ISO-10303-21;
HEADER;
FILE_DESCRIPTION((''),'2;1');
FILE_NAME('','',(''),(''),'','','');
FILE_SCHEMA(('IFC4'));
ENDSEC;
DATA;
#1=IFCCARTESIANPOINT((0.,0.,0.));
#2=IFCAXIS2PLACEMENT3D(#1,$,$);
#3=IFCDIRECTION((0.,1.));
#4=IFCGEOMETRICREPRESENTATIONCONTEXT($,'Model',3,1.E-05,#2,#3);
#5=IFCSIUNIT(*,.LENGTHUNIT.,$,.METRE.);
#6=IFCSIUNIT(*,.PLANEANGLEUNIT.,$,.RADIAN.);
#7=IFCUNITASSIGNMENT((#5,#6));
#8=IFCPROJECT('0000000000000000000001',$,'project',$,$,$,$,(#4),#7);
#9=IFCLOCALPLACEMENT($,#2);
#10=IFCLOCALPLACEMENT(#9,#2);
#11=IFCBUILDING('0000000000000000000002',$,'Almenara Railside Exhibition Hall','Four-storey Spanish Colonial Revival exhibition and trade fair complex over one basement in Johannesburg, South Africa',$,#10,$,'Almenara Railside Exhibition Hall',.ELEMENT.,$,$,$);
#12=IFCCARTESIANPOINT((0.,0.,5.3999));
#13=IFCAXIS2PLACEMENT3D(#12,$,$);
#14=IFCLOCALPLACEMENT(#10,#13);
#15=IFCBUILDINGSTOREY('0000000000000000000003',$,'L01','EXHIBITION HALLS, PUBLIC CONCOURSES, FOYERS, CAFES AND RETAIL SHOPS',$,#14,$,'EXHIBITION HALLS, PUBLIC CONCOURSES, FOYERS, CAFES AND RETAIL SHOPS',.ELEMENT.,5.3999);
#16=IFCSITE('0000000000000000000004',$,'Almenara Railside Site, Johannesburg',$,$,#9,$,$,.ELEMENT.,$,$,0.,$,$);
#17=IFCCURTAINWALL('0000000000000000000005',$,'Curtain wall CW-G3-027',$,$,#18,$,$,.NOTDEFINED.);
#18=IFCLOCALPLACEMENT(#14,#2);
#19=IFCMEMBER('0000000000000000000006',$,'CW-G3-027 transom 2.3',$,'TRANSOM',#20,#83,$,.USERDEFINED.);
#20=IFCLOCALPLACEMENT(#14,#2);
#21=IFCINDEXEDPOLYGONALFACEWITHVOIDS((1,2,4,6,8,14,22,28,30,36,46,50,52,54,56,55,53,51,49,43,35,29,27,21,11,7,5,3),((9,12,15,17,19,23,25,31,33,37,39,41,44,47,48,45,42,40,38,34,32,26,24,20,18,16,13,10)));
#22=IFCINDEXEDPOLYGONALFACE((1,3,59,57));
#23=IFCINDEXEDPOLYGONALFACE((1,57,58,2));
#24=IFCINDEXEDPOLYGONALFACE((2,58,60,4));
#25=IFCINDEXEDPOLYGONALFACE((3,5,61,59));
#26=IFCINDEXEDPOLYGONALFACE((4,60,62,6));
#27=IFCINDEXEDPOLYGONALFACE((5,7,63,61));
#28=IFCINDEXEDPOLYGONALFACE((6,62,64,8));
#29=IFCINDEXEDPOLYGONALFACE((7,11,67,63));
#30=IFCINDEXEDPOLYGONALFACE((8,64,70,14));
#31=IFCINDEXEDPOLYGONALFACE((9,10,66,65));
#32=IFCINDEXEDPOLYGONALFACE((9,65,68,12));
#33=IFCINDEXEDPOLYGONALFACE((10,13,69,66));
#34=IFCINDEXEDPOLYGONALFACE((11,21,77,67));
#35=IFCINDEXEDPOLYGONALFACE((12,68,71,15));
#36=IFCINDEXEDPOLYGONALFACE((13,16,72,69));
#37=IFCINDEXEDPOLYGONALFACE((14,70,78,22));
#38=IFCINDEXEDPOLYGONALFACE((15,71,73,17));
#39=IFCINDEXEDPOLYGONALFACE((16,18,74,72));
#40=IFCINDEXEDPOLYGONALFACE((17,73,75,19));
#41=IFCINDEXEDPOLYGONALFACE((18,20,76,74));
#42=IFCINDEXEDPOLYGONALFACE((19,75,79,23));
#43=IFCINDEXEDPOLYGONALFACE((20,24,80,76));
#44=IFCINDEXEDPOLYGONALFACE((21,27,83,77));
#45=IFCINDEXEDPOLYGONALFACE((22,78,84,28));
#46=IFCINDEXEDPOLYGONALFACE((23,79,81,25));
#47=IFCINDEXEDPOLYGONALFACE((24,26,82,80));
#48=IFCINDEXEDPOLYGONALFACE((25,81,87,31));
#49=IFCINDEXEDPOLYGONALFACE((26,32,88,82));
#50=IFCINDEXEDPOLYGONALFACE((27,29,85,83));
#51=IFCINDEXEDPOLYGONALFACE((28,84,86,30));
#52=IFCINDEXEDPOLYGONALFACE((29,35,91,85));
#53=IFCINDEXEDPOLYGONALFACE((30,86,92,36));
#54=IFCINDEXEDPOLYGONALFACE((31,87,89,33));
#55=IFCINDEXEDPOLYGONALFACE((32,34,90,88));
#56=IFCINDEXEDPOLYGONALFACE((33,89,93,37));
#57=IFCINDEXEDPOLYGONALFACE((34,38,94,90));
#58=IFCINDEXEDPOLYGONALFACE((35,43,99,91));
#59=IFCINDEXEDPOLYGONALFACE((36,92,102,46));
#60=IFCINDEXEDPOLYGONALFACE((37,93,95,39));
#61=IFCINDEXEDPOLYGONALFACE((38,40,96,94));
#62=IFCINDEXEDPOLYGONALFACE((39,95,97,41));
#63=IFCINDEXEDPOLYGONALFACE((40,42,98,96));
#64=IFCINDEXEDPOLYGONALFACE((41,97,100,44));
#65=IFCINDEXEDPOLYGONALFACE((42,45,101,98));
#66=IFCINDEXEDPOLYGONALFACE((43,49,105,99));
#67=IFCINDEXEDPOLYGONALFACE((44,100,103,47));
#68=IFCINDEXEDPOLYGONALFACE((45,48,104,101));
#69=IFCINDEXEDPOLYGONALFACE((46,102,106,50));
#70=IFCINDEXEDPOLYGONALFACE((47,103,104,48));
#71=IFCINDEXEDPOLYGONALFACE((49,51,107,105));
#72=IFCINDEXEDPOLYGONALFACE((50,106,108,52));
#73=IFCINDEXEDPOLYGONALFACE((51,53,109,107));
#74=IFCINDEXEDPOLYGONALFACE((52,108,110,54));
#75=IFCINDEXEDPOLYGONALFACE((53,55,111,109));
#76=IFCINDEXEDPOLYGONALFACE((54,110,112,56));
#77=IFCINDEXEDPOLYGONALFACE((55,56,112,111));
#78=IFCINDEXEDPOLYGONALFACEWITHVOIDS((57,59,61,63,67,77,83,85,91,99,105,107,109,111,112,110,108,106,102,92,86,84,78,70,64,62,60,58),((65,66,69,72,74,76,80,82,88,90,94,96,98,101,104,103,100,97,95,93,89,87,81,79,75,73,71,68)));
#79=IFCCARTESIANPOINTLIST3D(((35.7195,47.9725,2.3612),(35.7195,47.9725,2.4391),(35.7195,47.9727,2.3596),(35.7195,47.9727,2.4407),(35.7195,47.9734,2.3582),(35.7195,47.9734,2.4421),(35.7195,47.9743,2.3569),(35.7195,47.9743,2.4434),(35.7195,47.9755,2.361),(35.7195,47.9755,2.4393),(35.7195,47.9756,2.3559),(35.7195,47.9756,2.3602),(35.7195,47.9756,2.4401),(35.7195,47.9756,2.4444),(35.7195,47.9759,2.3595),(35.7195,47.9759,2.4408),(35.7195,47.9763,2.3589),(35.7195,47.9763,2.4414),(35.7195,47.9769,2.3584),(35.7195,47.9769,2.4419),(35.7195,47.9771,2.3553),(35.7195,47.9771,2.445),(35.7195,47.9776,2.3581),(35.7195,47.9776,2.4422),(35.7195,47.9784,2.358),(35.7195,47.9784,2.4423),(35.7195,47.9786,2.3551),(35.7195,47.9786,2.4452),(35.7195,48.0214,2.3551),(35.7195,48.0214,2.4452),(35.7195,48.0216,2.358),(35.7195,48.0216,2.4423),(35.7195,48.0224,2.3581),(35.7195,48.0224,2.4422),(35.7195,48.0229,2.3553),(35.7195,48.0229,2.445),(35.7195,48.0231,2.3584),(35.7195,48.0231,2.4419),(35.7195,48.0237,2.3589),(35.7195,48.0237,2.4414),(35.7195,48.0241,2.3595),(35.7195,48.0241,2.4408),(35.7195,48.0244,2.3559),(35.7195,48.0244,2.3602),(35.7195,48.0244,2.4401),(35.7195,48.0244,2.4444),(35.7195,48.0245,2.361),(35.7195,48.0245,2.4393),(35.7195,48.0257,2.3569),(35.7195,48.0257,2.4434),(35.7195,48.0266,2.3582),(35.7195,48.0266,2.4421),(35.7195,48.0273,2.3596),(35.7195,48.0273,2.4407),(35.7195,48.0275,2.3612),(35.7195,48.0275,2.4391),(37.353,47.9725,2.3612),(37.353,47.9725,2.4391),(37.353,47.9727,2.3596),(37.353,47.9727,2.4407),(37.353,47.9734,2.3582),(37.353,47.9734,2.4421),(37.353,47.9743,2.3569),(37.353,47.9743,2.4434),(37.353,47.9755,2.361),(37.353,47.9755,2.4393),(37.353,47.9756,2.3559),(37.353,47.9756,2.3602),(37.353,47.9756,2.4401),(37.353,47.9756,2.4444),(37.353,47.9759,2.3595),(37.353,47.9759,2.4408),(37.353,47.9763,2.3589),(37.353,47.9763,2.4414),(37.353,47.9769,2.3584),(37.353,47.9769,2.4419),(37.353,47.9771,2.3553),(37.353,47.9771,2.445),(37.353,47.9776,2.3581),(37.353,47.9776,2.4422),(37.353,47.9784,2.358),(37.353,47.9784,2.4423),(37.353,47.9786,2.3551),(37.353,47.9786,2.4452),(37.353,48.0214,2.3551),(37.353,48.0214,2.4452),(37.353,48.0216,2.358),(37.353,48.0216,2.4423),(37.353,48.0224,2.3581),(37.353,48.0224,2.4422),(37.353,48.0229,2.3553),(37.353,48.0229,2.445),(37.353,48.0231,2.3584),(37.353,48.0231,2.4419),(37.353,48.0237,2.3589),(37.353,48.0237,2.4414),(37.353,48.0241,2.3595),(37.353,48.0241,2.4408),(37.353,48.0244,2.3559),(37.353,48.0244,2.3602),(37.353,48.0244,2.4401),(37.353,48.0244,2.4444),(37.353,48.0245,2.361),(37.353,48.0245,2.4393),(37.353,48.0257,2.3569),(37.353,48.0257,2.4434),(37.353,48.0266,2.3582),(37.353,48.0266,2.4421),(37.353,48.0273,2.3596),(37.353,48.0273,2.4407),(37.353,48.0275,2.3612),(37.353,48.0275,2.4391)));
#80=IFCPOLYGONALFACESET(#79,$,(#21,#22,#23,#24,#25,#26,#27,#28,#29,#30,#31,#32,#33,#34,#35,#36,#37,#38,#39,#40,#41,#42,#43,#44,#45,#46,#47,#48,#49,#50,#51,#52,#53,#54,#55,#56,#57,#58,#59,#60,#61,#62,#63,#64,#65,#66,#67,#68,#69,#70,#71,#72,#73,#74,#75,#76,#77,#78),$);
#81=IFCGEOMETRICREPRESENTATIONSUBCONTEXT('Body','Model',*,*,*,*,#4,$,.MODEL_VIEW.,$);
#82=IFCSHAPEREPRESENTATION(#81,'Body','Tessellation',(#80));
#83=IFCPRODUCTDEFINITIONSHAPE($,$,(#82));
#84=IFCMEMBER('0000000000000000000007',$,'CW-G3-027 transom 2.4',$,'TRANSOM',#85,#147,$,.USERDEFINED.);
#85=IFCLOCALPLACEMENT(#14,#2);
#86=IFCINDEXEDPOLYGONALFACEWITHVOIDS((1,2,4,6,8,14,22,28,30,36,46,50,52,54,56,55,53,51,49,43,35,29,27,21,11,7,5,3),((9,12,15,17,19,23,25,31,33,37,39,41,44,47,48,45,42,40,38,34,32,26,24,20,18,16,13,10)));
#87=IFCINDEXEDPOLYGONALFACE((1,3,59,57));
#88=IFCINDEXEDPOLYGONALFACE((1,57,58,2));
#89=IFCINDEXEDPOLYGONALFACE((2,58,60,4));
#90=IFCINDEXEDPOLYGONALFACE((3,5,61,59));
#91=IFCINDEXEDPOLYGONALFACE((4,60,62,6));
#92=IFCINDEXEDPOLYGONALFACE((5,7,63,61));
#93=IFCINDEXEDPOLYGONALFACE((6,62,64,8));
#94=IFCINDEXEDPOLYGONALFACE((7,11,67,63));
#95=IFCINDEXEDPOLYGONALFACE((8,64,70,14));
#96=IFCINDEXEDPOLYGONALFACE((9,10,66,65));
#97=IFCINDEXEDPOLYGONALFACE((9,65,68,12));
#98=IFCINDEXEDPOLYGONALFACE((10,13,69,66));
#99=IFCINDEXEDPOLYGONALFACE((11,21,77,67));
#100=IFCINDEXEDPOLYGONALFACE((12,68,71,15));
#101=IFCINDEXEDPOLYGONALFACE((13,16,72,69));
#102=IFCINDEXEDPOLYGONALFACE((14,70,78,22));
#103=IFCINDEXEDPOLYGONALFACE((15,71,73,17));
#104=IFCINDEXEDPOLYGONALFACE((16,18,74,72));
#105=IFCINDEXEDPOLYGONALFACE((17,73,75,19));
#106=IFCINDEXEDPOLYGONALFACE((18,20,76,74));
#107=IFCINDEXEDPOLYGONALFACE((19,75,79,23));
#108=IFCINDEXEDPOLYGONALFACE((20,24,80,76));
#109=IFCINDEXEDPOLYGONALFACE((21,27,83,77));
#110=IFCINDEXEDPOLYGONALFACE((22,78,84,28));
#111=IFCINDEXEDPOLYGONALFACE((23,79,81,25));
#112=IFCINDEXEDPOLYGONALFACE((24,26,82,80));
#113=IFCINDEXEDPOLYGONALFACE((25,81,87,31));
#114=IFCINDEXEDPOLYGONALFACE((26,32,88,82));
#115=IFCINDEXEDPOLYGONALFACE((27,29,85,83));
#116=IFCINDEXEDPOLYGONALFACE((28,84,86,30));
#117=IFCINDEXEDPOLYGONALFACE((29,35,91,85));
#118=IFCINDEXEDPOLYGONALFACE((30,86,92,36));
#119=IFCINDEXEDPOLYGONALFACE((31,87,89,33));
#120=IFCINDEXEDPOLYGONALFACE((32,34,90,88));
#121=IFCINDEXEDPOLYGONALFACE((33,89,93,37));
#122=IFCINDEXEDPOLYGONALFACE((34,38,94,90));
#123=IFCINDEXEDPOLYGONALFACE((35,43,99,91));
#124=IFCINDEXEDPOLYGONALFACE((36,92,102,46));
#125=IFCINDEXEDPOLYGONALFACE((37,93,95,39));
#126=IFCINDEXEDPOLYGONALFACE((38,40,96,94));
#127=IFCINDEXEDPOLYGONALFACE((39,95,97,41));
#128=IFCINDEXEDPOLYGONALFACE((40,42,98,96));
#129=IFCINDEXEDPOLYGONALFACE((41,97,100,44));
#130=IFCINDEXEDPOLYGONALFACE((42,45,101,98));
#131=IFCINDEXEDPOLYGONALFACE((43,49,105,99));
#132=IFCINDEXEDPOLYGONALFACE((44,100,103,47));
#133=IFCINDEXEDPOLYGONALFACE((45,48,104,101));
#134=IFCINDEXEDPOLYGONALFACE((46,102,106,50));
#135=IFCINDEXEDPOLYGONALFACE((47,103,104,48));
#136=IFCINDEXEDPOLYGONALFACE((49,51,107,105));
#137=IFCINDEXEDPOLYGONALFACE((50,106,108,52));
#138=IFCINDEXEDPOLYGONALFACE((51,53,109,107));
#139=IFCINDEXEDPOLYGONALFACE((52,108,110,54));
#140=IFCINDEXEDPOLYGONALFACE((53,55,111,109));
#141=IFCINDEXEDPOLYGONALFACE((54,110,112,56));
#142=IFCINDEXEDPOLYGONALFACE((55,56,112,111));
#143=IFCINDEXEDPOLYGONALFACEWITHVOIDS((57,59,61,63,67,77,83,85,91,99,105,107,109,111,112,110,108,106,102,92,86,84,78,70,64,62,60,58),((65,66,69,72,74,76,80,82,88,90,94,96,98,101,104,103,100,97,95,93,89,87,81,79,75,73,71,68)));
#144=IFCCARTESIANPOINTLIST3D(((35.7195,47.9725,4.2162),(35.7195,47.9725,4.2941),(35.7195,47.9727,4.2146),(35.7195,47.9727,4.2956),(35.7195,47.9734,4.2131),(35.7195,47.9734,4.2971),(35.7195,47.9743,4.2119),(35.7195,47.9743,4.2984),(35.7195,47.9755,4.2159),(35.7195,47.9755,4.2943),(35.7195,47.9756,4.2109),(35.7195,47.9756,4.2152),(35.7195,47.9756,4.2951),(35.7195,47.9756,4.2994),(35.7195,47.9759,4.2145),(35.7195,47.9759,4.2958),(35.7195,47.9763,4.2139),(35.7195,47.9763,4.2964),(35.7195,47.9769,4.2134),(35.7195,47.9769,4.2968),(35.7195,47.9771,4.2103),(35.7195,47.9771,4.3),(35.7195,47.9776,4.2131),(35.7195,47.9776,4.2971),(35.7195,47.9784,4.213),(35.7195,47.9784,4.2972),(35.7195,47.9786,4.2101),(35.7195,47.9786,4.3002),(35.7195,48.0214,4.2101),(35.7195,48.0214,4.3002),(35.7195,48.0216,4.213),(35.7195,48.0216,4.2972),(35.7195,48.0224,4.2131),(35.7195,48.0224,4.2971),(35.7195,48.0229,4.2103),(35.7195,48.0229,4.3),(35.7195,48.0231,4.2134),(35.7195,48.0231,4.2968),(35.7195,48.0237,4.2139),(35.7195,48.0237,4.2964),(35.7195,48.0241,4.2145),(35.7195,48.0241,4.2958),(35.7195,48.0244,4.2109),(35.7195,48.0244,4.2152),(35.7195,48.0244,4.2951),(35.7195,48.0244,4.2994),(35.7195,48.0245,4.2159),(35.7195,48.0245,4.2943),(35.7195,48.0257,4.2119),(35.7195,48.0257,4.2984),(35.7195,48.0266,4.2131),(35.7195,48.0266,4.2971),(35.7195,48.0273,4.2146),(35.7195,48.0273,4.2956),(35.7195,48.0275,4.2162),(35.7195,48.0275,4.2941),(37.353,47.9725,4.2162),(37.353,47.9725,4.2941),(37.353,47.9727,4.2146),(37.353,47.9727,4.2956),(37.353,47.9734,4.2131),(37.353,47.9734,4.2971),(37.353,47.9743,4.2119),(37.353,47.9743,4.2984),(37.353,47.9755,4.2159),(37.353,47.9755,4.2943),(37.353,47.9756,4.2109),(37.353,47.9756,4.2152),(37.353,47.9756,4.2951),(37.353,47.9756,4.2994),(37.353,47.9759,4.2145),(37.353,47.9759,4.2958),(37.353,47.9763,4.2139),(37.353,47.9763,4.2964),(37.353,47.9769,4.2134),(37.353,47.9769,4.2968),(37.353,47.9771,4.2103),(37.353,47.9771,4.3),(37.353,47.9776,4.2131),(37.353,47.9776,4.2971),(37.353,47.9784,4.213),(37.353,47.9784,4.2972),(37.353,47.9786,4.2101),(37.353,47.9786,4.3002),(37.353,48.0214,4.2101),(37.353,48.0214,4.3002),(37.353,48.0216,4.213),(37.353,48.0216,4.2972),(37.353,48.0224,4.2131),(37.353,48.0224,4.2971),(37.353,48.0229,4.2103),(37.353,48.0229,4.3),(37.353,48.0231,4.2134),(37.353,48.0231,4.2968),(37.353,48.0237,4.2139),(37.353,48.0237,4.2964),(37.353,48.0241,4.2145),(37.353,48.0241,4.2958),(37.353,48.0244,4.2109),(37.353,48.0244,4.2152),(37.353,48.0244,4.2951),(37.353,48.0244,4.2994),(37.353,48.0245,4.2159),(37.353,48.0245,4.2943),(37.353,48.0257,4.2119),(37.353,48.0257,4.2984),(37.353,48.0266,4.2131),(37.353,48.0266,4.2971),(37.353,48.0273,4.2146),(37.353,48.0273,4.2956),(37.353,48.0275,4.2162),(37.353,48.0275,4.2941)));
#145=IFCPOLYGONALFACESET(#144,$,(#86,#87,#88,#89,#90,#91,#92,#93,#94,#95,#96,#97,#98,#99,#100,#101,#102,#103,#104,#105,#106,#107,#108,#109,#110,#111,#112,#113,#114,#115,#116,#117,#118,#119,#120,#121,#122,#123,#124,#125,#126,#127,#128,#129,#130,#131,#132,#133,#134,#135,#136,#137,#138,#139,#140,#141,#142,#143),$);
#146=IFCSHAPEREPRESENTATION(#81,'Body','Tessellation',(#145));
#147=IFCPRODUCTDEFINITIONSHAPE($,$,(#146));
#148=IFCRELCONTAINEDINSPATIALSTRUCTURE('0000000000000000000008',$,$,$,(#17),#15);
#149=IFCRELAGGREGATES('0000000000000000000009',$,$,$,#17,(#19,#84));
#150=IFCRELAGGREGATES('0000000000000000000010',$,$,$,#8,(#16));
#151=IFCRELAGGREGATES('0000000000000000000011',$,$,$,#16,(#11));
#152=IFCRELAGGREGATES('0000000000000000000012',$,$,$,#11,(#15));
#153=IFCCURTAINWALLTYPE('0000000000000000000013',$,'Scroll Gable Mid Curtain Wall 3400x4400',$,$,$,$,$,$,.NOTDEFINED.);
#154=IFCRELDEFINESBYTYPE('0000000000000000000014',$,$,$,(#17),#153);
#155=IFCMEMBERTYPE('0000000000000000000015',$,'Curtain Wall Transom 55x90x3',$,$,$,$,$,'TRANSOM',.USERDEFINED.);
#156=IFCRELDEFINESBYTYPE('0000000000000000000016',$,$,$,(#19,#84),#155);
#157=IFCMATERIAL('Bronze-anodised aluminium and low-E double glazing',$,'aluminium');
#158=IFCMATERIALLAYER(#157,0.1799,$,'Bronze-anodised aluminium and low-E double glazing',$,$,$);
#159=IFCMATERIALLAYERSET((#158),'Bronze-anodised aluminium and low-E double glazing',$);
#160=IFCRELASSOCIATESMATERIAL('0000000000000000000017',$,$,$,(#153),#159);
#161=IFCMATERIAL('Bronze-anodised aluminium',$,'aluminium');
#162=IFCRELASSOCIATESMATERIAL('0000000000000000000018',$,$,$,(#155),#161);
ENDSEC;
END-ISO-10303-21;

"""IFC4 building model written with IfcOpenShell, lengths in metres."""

from ifc_helpers import new_model, si_unit, direction, frame, origin, origin_2d, place, context, subcontext, project, spatial, hollow_rectangle, extrude, material, layer, layer_set, material_profile, profile_set, type_object, element, aggregate, save


model = new_model("IFC4")

# Units and contexts
model_context = context("Model", 3, precision=1e-05, world=origin(), true_north=direction((0.0, 1.0)))
body_context = subcontext(model_context, "Body", "Model", "MODEL_VIEW")
ifc_project = project(units=[si_unit("LENGTHUNIT", "METRE"), si_unit("PLANEANGLEUNIT", "RADIAN")], contexts=[model_context])

# Site, building, storey
site_placement = place(None, origin())
site = spatial("IfcSite", under=ifc_project, at=site_placement, Name="Almenara Railside Site, Johannesburg", CompositionType="ELEMENT", RefElevation=0.0)
building_placement = place(site_placement, origin())
building = spatial("IfcBuilding", under=site, at=building_placement, Name="Almenara Railside Exhibition Hall", Description="Four-storey Spanish Colonial Revival exhibition and trade fair complex over one basement in Johannesburg, South Africa", LongName="Almenara Railside Exhibition Hall", CompositionType="ELEMENT")
storey_placement = place(building_placement, frame((0.0, 0.0, 5.3999)))
storey = spatial("IfcBuildingStorey", under=building, at=storey_placement, Name="L01", Description="EXHIBITION HALLS, PUBLIC CONCOURSES, FOYERS, CAFES AND RETAIL SHOPS", LongName="EXHIBITION HALLS, PUBLIC CONCOURSES, FOYERS, CAFES AND RETAIL SHOPS", CompositionType="ELEMENT", Elevation=5.3999)

# Curtain wall
ifc_material_1 = material(Name="Bronze-anodised aluminium and low-E double glazing", Category="aluminium")
ifc_layer_1 = layer(ifc_material_1, 0.1799, Name="Bronze-anodised aluminium and low-E double glazing")
ifc_layer_set_1 = layer_set([ifc_layer_1], Name="Bronze-anodised aluminium and low-E double glazing")
curtain_wall_type_1 = type_object("IfcCurtainWallType", Name="Scroll Gable Mid Curtain Wall 3400x4400", PredefinedType="NOTDEFINED", material=ifc_layer_set_1)
curtain_wall_1_placement = place(storey_placement, origin())
curtain_wall_1 = element("IfcCurtainWall", 1, at=curtain_wall_1_placement, inside=storey, type_object=curtain_wall_type_1, Name="Curtain wall CW-G3-027", PredefinedType="NOTDEFINED")
ifc_material_2 = material(Name="Bronze-anodised aluminium", Category="aluminium")

# Members
ifc_material_profile_1 = material_profile(ifc_material_2, hollow_rectangle(XDim=0.0549, YDim=0.0901, WallThickness=0.0029, InnerFilletRadius=0.0029, OuterFilletRadius=0.0061, at=origin_2d()), Name="ALU-TRN 55x90x3")
ifc_profile_set_1 = profile_set([ifc_material_profile_1], Name="Bronze-anodised aluminium")
member_type_1 = type_object("IfcMemberType", Name="Curtain Wall Transom 55x90x3", ElementType="TRANSOM", PredefinedType="USERDEFINED", material=ifc_profile_set_1)
member_1_placement = place(storey_placement, frame((35.7195, 48.0, 2.4001), z_axis=(1.0, 0.0, 0.0), x_axis=(0.0, 1.0, 0.0)))
member_1 = element("IfcMember", 2, at=member_1_placement, type_object=member_type_1, Name="CW-G3-027 transom 2.3", ObjectType="TRANSOM", PredefinedType="USERDEFINED", context=body_context, shape_type="SweptSolid", body=[
    extrude(hollow_rectangle(XDim=0.0549, YDim=0.0901, WallThickness=0.0029, InnerFilletRadius=0.0029, OuterFilletRadius=0.0061, at=origin_2d()), origin(), (0.0, 0.0, 1.0), 1.6335),
])
member_2_placement = place(storey_placement, frame((35.7195, 48.0, 4.2551), z_axis=(1.0, 0.0, 0.0), x_axis=(0.0, 1.0, 0.0)))
member_2 = element("IfcMember", 3, at=member_2_placement, type_object=member_type_1, Name="CW-G3-027 transom 2.4", ObjectType="TRANSOM", PredefinedType="USERDEFINED", context=body_context, shape_type="SweptSolid", body=[
    extrude(hollow_rectangle(XDim=0.0549, YDim=0.0901, WallThickness=0.0029, InnerFilletRadius=0.0029, OuterFilletRadius=0.0061, at=origin_2d()), origin(), (0.0, 0.0, 1.0), 1.6335),
])

aggregate(curtain_wall_1, [member_1, member_2])

save(model, "model.ifc")
